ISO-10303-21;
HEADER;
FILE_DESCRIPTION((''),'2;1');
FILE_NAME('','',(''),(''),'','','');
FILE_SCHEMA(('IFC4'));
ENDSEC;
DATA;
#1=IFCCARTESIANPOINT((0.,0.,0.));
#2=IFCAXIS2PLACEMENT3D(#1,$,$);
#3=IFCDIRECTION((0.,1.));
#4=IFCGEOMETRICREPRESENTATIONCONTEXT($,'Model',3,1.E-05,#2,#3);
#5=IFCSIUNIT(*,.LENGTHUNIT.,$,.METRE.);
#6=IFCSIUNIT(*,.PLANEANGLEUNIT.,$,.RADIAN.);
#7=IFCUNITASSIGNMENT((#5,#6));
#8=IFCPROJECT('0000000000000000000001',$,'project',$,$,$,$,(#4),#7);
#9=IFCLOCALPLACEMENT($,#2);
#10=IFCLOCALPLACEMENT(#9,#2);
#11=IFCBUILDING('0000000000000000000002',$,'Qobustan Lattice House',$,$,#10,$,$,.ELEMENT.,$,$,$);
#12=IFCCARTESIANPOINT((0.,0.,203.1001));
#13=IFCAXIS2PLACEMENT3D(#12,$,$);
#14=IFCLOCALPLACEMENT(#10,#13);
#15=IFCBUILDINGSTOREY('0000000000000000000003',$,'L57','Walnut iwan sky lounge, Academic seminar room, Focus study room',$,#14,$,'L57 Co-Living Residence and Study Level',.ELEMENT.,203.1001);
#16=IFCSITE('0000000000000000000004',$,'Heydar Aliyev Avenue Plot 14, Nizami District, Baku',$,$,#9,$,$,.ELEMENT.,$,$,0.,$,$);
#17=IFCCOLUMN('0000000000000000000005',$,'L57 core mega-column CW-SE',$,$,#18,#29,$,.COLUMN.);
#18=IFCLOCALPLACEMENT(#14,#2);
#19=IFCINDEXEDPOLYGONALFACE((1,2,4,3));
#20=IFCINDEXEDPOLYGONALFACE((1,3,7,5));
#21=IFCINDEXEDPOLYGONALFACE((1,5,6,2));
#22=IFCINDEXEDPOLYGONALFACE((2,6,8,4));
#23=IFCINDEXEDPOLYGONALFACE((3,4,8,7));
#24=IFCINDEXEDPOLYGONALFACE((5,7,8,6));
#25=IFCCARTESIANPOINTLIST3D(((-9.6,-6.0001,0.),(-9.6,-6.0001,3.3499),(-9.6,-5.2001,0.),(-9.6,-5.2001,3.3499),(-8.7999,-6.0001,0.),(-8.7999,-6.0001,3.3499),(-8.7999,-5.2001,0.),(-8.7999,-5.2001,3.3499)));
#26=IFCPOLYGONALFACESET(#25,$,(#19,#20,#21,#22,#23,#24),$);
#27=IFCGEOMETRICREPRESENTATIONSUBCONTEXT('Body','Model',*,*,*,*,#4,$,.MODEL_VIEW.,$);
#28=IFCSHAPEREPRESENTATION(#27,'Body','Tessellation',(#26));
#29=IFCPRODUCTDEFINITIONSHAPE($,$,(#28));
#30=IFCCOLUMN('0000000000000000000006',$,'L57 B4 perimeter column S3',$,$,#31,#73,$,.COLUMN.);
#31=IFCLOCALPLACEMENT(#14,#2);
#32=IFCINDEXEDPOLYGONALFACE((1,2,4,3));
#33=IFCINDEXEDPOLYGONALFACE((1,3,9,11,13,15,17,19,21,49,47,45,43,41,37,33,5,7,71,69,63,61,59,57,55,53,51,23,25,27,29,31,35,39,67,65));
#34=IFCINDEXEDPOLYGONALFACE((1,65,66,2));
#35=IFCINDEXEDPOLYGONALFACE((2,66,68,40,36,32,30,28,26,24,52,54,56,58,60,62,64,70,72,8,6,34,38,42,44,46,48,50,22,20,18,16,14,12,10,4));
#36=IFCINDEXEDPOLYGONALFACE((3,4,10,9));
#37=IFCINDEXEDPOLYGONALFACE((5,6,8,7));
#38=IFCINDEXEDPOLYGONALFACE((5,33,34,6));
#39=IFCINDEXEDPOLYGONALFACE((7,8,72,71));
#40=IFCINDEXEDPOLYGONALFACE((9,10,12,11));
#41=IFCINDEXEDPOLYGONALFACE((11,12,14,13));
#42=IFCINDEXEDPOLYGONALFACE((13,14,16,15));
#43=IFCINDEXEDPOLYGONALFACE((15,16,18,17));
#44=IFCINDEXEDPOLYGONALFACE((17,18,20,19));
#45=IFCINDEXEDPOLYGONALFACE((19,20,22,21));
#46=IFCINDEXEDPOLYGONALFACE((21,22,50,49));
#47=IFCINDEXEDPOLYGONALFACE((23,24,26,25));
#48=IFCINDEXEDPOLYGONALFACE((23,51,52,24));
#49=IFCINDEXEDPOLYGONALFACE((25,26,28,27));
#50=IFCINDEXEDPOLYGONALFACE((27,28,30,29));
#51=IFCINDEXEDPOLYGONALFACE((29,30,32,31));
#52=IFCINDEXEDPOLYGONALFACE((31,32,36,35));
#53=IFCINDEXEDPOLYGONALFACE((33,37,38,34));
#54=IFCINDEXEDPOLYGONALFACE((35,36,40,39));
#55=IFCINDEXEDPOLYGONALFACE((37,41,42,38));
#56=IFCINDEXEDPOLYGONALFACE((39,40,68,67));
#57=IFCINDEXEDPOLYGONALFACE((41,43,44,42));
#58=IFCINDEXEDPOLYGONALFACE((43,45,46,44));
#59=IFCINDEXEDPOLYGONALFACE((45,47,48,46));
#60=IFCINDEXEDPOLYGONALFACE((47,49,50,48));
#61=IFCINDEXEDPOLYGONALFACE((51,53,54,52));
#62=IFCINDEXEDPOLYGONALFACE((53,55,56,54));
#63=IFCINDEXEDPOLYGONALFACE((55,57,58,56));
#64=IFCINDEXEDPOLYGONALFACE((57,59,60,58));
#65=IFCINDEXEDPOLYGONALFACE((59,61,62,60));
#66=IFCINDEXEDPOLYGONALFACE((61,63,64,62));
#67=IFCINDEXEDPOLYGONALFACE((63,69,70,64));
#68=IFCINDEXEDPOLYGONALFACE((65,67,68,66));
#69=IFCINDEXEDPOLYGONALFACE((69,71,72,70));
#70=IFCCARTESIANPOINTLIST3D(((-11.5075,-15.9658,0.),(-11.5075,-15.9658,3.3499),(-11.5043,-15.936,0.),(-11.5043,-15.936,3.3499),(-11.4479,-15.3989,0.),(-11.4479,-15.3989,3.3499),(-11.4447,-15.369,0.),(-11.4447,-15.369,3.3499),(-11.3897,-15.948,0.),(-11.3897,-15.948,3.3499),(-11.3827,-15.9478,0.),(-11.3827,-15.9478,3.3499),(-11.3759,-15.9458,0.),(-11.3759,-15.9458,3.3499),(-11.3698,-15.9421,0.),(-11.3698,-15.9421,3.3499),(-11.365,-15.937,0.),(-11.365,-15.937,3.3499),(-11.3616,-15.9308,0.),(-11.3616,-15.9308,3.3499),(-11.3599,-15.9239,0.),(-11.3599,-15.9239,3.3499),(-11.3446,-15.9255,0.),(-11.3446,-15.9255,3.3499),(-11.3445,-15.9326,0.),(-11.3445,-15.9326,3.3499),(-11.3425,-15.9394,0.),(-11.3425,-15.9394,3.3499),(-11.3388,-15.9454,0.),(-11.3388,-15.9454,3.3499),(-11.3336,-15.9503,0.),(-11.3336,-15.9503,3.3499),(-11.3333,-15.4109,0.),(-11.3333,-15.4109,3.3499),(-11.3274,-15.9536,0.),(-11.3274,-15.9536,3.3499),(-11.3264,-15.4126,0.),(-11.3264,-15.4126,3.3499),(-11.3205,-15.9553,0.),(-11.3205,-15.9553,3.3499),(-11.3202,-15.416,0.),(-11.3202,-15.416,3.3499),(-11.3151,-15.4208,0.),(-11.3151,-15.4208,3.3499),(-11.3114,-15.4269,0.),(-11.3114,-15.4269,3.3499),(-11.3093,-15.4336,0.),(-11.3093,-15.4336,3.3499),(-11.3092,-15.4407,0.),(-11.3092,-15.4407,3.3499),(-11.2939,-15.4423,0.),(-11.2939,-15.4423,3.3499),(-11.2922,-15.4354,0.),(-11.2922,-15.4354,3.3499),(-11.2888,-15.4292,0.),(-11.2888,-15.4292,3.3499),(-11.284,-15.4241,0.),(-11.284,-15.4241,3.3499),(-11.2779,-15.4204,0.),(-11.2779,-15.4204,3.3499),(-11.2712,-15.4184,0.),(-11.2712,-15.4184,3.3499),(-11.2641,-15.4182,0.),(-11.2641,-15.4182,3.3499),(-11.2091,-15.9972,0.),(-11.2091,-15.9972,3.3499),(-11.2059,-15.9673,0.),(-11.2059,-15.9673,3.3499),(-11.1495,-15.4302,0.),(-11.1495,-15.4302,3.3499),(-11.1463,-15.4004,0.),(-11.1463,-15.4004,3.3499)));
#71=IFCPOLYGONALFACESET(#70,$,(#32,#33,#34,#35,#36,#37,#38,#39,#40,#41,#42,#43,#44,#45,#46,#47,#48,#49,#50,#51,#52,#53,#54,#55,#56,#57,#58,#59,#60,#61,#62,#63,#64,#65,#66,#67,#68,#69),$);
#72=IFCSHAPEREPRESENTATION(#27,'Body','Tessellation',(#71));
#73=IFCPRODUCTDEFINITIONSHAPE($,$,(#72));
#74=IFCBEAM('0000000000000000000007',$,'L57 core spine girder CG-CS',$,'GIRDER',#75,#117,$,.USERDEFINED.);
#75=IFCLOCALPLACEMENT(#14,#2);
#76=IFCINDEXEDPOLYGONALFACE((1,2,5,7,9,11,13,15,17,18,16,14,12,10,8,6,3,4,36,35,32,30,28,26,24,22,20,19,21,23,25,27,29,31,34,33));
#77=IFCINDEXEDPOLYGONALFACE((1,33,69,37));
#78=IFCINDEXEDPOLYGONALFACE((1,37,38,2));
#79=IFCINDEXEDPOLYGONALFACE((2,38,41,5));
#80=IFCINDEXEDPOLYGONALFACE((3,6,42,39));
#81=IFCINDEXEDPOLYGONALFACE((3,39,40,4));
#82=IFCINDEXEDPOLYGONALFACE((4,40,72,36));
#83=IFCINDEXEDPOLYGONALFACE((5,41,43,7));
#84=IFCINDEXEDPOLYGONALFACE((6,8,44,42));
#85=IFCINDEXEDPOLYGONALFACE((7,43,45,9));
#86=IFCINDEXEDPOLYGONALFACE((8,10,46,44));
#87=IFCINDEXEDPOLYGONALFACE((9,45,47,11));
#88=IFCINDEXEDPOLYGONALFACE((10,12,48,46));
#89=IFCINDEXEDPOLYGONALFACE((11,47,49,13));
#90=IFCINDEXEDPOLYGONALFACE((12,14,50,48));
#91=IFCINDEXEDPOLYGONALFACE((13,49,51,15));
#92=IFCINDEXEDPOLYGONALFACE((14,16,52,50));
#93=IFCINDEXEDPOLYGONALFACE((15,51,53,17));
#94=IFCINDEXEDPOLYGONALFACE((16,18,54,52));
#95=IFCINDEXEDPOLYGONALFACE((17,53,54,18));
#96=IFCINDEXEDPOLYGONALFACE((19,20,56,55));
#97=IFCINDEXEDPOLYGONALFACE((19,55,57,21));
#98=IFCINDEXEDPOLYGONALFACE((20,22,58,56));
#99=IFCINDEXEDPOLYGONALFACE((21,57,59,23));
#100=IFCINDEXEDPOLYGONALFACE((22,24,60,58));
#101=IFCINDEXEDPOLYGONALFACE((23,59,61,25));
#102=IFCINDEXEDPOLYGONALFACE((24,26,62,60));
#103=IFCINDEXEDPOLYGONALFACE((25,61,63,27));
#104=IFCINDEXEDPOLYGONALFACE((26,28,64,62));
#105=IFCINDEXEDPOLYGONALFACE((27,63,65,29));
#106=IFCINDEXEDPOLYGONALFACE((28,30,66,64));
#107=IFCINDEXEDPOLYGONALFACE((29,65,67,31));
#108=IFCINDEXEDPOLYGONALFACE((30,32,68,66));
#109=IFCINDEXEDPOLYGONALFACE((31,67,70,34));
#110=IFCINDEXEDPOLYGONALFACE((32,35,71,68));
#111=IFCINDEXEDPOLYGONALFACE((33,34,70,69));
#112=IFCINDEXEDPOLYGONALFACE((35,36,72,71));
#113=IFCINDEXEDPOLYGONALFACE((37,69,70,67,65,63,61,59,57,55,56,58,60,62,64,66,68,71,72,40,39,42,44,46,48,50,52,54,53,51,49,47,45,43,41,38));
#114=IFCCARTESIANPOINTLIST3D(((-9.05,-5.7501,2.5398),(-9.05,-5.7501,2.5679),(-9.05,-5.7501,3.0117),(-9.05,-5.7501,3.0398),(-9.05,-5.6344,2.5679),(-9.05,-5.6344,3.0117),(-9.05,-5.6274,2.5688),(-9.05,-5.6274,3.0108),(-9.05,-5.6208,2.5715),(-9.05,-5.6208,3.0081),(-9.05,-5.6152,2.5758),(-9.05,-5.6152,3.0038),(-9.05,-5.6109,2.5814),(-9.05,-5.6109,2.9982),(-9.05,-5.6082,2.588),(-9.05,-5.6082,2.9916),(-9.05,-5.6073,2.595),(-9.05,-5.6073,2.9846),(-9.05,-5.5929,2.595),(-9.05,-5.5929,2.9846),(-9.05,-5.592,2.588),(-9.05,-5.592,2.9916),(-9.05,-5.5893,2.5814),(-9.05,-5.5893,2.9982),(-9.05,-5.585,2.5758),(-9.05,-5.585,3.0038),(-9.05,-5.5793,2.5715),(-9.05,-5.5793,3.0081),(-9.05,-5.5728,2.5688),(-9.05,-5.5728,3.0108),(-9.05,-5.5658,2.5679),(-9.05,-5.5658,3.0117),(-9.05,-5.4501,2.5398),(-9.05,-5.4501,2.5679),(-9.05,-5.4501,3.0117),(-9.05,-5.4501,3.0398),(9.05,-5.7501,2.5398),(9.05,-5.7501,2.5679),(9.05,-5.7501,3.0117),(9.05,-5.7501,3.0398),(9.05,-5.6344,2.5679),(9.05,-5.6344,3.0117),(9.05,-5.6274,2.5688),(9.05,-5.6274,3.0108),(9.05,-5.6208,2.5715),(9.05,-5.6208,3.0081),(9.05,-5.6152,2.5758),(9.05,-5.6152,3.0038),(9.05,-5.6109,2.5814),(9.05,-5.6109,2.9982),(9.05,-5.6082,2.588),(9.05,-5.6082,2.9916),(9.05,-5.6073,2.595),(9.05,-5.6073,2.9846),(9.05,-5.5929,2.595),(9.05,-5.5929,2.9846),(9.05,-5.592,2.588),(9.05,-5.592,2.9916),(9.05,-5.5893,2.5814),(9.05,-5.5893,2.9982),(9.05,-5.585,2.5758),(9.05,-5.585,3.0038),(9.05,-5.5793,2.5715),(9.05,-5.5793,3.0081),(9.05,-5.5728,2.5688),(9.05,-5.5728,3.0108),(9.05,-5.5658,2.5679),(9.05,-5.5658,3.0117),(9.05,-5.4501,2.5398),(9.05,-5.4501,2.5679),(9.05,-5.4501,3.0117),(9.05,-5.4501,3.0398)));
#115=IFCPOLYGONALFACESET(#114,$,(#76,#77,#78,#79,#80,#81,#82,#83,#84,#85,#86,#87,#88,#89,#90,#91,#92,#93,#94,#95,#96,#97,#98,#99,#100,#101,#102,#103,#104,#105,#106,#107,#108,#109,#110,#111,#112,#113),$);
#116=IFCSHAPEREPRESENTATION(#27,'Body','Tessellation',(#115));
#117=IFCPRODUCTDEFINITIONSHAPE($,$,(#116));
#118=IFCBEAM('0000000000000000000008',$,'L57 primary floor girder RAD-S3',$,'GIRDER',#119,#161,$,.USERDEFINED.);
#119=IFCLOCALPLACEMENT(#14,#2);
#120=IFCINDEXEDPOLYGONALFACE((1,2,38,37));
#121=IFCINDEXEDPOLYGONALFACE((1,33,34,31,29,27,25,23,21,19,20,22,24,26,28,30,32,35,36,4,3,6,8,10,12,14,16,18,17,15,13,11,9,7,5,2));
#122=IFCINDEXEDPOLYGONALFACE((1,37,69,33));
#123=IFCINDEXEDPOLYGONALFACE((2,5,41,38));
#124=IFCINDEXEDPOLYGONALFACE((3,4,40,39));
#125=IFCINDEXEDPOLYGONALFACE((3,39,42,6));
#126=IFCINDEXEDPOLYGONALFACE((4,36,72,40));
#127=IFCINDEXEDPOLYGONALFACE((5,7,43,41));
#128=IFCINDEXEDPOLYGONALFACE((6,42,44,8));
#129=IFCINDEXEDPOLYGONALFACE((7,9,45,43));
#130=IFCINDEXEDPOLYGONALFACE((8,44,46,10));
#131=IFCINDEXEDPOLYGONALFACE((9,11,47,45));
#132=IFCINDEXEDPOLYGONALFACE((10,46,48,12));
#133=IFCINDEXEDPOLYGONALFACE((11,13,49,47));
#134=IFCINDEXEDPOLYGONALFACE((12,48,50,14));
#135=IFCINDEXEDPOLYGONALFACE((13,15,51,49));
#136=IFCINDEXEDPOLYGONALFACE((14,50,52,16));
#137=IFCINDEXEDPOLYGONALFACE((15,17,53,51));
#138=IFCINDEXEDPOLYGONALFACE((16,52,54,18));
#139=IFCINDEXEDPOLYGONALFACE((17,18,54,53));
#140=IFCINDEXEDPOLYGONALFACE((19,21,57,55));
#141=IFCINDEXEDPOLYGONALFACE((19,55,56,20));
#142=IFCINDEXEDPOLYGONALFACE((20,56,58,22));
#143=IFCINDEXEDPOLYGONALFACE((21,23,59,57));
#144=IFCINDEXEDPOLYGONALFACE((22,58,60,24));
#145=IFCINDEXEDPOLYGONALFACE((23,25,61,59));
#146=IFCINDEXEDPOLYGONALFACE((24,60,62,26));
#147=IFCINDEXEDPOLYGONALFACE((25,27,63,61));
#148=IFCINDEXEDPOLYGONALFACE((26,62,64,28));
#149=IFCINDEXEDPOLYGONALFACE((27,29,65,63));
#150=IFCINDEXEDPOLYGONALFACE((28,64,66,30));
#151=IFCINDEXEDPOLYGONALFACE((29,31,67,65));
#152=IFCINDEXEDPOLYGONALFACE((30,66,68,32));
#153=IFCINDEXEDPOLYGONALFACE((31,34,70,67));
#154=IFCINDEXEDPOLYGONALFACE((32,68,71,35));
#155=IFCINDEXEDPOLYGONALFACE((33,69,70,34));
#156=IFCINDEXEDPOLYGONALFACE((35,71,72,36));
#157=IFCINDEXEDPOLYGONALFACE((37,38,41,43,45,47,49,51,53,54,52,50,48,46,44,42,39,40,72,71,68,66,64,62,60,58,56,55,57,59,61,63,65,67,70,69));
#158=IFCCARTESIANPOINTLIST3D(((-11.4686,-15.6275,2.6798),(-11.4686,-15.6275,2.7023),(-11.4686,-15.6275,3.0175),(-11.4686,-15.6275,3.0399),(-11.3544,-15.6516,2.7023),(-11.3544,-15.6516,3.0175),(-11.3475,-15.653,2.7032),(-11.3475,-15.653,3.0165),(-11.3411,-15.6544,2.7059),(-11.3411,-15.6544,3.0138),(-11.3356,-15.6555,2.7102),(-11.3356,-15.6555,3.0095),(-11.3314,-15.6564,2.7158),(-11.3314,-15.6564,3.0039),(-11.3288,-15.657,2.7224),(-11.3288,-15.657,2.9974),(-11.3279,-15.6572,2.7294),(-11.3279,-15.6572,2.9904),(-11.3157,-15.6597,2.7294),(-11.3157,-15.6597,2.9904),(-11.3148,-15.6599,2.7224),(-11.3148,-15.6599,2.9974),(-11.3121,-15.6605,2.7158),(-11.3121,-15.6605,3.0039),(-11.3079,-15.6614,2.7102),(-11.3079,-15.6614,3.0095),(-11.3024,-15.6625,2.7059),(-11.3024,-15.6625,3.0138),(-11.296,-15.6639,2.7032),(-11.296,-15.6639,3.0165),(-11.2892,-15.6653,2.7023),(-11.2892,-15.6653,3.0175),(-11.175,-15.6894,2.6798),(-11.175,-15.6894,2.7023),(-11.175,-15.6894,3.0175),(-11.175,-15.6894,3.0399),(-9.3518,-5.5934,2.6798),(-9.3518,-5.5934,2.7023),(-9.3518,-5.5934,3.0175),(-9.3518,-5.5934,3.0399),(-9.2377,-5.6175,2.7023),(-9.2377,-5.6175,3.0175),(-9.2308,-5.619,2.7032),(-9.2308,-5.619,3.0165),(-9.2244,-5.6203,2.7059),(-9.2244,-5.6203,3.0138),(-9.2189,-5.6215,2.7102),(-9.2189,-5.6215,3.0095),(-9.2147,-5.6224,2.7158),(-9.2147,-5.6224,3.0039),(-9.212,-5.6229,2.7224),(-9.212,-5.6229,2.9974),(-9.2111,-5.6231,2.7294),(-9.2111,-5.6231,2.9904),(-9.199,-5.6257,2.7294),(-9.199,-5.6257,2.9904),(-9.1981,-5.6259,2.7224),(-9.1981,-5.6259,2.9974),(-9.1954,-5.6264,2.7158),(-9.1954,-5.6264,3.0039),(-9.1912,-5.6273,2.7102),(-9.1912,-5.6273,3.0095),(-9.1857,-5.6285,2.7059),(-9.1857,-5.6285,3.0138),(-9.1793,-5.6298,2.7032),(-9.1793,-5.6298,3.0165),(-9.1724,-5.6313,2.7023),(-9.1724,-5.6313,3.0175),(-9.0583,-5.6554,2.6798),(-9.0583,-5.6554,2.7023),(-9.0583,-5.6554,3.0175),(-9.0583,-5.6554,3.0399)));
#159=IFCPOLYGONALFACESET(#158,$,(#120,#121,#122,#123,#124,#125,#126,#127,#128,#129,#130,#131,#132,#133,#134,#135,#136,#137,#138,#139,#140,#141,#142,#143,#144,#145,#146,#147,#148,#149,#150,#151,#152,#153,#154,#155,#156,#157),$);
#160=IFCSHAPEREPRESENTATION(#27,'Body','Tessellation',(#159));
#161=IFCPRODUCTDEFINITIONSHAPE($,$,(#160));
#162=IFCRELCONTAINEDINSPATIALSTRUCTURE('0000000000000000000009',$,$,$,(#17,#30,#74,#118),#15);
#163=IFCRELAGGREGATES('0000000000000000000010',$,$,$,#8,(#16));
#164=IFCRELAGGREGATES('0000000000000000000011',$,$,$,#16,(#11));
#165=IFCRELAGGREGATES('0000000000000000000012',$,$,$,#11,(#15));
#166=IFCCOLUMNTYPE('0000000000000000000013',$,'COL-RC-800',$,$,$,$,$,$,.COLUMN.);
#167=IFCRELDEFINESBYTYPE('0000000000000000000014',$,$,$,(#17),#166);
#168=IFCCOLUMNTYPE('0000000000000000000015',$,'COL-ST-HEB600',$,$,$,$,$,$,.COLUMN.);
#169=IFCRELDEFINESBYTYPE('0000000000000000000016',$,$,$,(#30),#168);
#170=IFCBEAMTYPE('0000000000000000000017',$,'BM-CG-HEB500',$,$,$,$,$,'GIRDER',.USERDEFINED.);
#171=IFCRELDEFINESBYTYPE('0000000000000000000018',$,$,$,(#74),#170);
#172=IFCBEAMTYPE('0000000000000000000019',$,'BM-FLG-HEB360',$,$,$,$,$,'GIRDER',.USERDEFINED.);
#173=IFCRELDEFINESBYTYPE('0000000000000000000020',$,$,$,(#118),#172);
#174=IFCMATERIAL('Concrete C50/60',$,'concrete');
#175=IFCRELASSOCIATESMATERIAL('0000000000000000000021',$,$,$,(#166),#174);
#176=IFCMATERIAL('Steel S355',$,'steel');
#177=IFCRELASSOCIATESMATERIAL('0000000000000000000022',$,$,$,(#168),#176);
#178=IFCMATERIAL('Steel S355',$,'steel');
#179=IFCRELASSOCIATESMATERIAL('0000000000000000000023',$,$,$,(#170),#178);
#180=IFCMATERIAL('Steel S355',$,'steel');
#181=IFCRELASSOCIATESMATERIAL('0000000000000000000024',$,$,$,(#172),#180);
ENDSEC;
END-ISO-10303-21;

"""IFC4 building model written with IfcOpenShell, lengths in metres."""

from ifc_helpers import new_model, si_unit, direction, frame, origin, origin_2d, place, context, subcontext, project, spatial, rectangle, i_section, extrude, material, material_profile, profile_set, type_object, element, save


model = new_model("IFC4")

# Units and contexts
model_context = context("Model", 3, precision=1e-05, world=origin(), true_north=direction((0.0, 1.0)))
body_context = subcontext(model_context, "Body", "Model", "MODEL_VIEW")
ifc_project = project(units=[si_unit("LENGTHUNIT", "METRE"), si_unit("PLANEANGLEUNIT", "RADIAN")], contexts=[model_context])

# Site, building, storey
site_placement = place(None, origin())
site = spatial("IfcSite", under=ifc_project, at=site_placement, Name="Heydar Aliyev Avenue Plot 14, Nizami District, Baku", CompositionType="ELEMENT", RefElevation=0.0)
building_placement = place(site_placement, origin())
building = spatial("IfcBuilding", under=site, at=building_placement, Name="Qobustan Lattice House", CompositionType="ELEMENT")
storey_placement = place(building_placement, frame((0.0, 0.0, 203.1001)))
storey = spatial("IfcBuildingStorey", under=building, at=storey_placement, Name="L57", Description="Walnut iwan sky lounge, Academic seminar room, Focus study room", LongName="L57 Co-Living Residence and Study Level", CompositionType="ELEMENT", Elevation=203.1001)

# Columns
ifc_material_1 = material(Name="Concrete C50/60", Category="concrete")
ifc_material_profile_1 = material_profile(ifc_material_1, rectangle(XDim=0.8, YDim=0.8, at=origin_2d()), Name="RC800x800")
ifc_profile_set_1 = profile_set([ifc_material_profile_1], Name="Concrete C50/60")
column_type_1 = type_object("IfcColumnType", Name="COL-RC-800", PredefinedType="COLUMN", material=ifc_profile_set_1)
column_1_placement = place(storey_placement, frame((-9.2, -5.6001, 0.0), z_axis=(0.0, 0.0, 1.0), x_axis=(1.0, 0.0, 0.0)))
element("IfcColumn", 1, at=column_1_placement, inside=storey, type_object=column_type_1, Name="L57 core mega-column CW-SE", PredefinedType="COLUMN", context=body_context, shape_type="SweptSolid", body=[
    extrude(rectangle(XDim=0.8, YDim=0.8, at=origin_2d()), origin(), (0.0, 0.0, 1.0), 3.3499),
])
ifc_material_2 = material(Name="Steel S355", Category="steel")
ifc_material_profile_2 = material_profile(ifc_material_2, i_section(OverallWidth=0.3, OverallDepth=0.6001, WebThickness=0.0154, FlangeThickness=0.03, FilletRadius=0.0271, at=origin_2d()), Name="HEB600")
ifc_profile_set_2 = profile_set([ifc_material_profile_2], Name="Steel S355")
column_type_2 = type_object("IfcColumnType", Name="COL-ST-HEB600", PredefinedType="COLUMN", material=ifc_profile_set_2)
column_2_placement = place(storey_placement, frame((-11.3269, -15.6831, 0.0), z_axis=(0.0, 0.0, 1.0), x_axis=(0.994522, -0.104528, 0.0)))
element("IfcColumn", 2, at=column_2_placement, inside=storey, type_object=column_type_2, Name="L57 B4 perimeter column S3", PredefinedType="COLUMN", context=body_context, shape_type="SweptSolid", body=[
    extrude(i_section(OverallWidth=0.3, OverallDepth=0.6001, WebThickness=0.0154, FlangeThickness=0.03, FilletRadius=0.0271, at=origin_2d()), origin(), (0.0, 0.0, 1.0), 3.3499),
])

# Beams
ifc_material_3 = material(Name="Steel S355", Category="steel")
ifc_material_profile_3 = material_profile(ifc_material_3, i_section(OverallWidth=0.3, OverallDepth=0.5, WebThickness=0.0144, FlangeThickness=0.0281, FilletRadius=0.0271, at=origin_2d()), Name="HEB500")
ifc_profile_set_3 = profile_set([ifc_material_profile_3], Name="Steel S355")
beam_type_1 = type_object("IfcBeamType", Name="BM-CG-HEB500", ElementType="GIRDER", PredefinedType="USERDEFINED", material=ifc_profile_set_3)
beam_1_placement = place(storey_placement, frame((-9.05, -5.6001, 2.7898), z_axis=(1.0, 0.0, 0.0), x_axis=(0.0, 1.0, 0.0)))
element("IfcBeam", 3, at=beam_1_placement, inside=storey, type_object=beam_type_1, Name="L57 core spine girder CG-CS", ObjectType="GIRDER", PredefinedType="USERDEFINED", context=body_context, shape_type="SweptSolid", body=[
    extrude(i_section(OverallWidth=0.3, OverallDepth=0.5, WebThickness=0.0144, FlangeThickness=0.0281, FilletRadius=0.0271, at=origin_2d()), origin(), (0.0, 0.0, 1.0), 18.1001),
])
ifc_material_4 = material(Name="Steel S355", Category="steel")
ifc_material_profile_4 = material_profile(ifc_material_4, i_section(OverallWidth=0.3, OverallDepth=0.3601, WebThickness=0.0125, FlangeThickness=0.0225, FilletRadius=0.0271, at=origin_2d()), Name="HEB360")
ifc_profile_set_4 = profile_set([ifc_material_profile_4], Name="Steel S355")
beam_type_2 = type_object("IfcBeamType", Name="BM-FLG-HEB360", ElementType="GIRDER", PredefinedType="USERDEFINED", material=ifc_profile_set_4)
beam_2_placement = place(storey_placement, frame((-11.3218, -15.6584, 2.8599), z_axis=(0.206411, 0.978465, 0.0), x_axis=(-0.978465, 0.206411, 0.0)))
element("IfcBeam", 4, at=beam_2_placement, inside=storey, type_object=beam_type_2, Name="L57 primary floor girder RAD-S3", ObjectType="GIRDER", PredefinedType="USERDEFINED", context=body_context, shape_type="SweptSolid", body=[
    extrude(i_section(OverallWidth=0.3, OverallDepth=0.3601, WebThickness=0.0125, FlangeThickness=0.0225, FilletRadius=0.0271, at=origin_2d()), origin(), (0.0, 0.0, 1.0), 10.2549),
])

save(model, "model.ifc")
